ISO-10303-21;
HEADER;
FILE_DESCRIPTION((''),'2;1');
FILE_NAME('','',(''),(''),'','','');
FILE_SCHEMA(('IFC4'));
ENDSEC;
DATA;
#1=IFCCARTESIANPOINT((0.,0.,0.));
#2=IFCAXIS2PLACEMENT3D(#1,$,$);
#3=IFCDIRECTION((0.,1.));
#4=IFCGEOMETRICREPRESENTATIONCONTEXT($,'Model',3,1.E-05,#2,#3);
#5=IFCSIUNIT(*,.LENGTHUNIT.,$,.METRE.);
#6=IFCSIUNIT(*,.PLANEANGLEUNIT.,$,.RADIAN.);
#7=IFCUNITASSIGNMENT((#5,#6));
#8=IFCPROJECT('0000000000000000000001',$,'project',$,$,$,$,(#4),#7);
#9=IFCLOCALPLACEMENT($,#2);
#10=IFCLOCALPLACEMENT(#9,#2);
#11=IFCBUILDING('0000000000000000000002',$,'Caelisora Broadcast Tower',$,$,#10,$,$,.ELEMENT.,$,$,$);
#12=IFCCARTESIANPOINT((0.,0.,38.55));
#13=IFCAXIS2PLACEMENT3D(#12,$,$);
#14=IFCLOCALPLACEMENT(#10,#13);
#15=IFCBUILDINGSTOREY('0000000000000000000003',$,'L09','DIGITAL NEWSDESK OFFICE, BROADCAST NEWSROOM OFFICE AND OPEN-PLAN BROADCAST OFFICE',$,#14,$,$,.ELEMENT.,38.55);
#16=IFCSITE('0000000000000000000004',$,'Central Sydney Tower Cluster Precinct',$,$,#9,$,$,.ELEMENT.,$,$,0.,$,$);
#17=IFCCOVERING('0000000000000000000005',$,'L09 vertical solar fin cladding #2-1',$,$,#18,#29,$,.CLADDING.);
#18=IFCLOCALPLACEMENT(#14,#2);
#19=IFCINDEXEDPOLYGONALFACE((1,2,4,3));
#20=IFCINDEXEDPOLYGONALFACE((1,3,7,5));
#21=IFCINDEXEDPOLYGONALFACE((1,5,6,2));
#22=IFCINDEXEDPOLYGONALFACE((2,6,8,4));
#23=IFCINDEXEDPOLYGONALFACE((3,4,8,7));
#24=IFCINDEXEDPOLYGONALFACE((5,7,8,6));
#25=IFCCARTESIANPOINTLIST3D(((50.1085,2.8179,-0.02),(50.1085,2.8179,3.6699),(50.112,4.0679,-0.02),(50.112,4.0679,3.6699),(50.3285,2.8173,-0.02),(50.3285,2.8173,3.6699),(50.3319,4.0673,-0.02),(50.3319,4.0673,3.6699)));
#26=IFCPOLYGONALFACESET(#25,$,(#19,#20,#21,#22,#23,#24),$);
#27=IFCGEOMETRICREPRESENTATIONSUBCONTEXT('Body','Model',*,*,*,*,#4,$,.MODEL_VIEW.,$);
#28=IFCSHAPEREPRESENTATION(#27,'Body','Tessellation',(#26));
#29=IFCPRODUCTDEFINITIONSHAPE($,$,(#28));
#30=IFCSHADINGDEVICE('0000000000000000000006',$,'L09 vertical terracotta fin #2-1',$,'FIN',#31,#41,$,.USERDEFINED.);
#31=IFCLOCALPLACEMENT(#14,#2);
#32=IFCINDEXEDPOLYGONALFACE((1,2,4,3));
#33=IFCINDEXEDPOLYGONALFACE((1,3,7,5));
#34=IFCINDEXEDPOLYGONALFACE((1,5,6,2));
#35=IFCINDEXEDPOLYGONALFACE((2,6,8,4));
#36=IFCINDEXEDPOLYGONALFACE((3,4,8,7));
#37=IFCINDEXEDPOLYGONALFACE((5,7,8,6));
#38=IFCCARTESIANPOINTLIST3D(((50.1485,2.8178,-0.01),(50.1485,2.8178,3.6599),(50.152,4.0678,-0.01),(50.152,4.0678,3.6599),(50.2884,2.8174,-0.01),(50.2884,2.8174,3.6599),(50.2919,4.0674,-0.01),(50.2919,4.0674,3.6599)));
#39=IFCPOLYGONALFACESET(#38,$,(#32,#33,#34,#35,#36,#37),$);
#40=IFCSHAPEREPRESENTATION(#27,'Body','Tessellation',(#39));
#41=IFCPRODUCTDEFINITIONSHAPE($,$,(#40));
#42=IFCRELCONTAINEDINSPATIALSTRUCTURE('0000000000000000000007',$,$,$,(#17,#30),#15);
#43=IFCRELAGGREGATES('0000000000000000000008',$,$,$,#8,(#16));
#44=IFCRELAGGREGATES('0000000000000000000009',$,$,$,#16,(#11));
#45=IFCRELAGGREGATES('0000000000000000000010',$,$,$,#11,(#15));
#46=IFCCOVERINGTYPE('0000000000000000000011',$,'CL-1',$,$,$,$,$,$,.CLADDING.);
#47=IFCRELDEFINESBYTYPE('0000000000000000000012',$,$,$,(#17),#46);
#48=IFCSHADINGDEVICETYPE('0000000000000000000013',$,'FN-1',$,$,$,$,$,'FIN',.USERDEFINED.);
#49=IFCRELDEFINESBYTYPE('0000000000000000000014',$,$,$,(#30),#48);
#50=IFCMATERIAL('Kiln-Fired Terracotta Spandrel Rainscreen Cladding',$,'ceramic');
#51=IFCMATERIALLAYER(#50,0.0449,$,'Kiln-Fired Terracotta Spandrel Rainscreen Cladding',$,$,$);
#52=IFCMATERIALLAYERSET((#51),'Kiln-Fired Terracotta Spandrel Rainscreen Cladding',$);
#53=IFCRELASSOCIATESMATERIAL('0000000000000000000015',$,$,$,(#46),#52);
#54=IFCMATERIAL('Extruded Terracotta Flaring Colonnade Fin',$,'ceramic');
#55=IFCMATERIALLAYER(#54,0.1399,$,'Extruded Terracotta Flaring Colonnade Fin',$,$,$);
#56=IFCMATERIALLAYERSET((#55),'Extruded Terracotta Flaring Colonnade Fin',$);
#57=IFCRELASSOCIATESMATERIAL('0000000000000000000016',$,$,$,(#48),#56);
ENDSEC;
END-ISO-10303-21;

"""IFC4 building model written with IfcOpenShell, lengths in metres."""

from ifc_helpers import new_model, si_unit, direction, frame, origin, origin_2d, place, context, subcontext, project, spatial, rectangle, extrude, source, transform, mapped, material, layer, layer_set, type_object, type_shapes, element, save


model = new_model("IFC4")

# Units and contexts
model_context = context("Model", 3, precision=1e-05, world=origin(), true_north=direction((0.0, 1.0)))
body_context = subcontext(model_context, "Body", "Model", "MODEL_VIEW")
ifc_project = project(units=[si_unit("LENGTHUNIT", "METRE"), si_unit("PLANEANGLEUNIT", "RADIAN")], contexts=[model_context])

# Site, building, storey
site_placement = place(None, origin())
site = spatial("IfcSite", under=ifc_project, at=site_placement, Name="Central Sydney Tower Cluster Precinct", CompositionType="ELEMENT", RefElevation=0.0)
building_placement = place(site_placement, origin())
building = spatial("IfcBuilding", under=site, at=building_placement, Name="Caelisora Broadcast Tower", CompositionType="ELEMENT")
storey_placement = place(building_placement, frame((0.0, 0.0, 38.55)))
storey = spatial("IfcBuildingStorey", under=building, at=storey_placement, Name="L09", Description="DIGITAL NEWSDESK OFFICE, BROADCAST NEWSROOM OFFICE AND OPEN-PLAN BROADCAST OFFICE", CompositionType="ELEMENT", Elevation=38.55)

# Covering
ifc_material_1 = material(Name="Kiln-Fired Terracotta Spandrel Rainscreen Cladding", Category="ceramic")
ifc_layer_1 = layer(ifc_material_1, 0.0449, Name="Kiln-Fired Terracotta Spandrel Rainscreen Cladding")
ifc_layer_set_1 = layer_set([ifc_layer_1], Name="Kiln-Fired Terracotta Spandrel Rainscreen Cladding")
covering_type = type_object("IfcCoveringType", Name="CL-1", PredefinedType="CLADDING", material=ifc_layer_set_1)
shared_shape_1 = source(origin(), body_context, "Body", "SweptSolid", [
    extrude(rectangle(XDim=0.22, YDim=1.25, at=origin_2d()), origin(), (0.0, 0.0, 1.0), 3.6899),
])
type_shapes(covering_type, [shared_shape_1])
covering_placement = place(storey_placement, frame((50.2202, 3.4426, -0.02), z_axis=(0.0, 0.0, 1.0), x_axis=(-0.999996, 0.002793, 0.0)))
element("IfcCovering", 1, at=covering_placement, inside=storey, type_object=covering_type, Name="L09 vertical solar fin cladding #2-1", PredefinedType="CLADDING", context=body_context, shape_type="MappedRepresentation", body=[
    mapped(shared_shape_1, transform((0.0, 0.0, 0.0), scale=1.0)),
])

# Shading device
ifc_material_2 = material(Name="Extruded Terracotta Flaring Colonnade Fin", Category="ceramic")
ifc_layer_2 = layer(ifc_material_2, 0.1399, Name="Extruded Terracotta Flaring Colonnade Fin")
ifc_layer_set_2 = layer_set([ifc_layer_2], Name="Extruded Terracotta Flaring Colonnade Fin")
shading_device_type = type_object("IfcShadingDeviceType", Name="FN-1", ElementType="FIN", PredefinedType="USERDEFINED", material=ifc_layer_set_2)
shared_shape_2 = source(origin(), body_context, "Body", "SweptSolid", [
    extrude(rectangle(XDim=0.1399, YDim=1.25, at=origin_2d()), origin(), (0.0, 0.0, 1.0), 3.6699),
])
type_shapes(shading_device_type, [shared_shape_2])
shading_device_placement = place(storey_placement, frame((50.2202, 3.4426, -0.01), z_axis=(0.0, 0.0, 1.0), x_axis=(-0.999996, 0.002793, 0.0)))
element("IfcShadingDevice", 2, at=shading_device_placement, inside=storey, type_object=shading_device_type, Name="L09 vertical terracotta fin #2-1", ObjectType="FIN", PredefinedType="USERDEFINED", context=body_context, shape_type="MappedRepresentation", body=[
    mapped(shared_shape_2, transform((0.0, 0.0, 0.0), scale=1.0)),
])

save(model, "model.ifc")
